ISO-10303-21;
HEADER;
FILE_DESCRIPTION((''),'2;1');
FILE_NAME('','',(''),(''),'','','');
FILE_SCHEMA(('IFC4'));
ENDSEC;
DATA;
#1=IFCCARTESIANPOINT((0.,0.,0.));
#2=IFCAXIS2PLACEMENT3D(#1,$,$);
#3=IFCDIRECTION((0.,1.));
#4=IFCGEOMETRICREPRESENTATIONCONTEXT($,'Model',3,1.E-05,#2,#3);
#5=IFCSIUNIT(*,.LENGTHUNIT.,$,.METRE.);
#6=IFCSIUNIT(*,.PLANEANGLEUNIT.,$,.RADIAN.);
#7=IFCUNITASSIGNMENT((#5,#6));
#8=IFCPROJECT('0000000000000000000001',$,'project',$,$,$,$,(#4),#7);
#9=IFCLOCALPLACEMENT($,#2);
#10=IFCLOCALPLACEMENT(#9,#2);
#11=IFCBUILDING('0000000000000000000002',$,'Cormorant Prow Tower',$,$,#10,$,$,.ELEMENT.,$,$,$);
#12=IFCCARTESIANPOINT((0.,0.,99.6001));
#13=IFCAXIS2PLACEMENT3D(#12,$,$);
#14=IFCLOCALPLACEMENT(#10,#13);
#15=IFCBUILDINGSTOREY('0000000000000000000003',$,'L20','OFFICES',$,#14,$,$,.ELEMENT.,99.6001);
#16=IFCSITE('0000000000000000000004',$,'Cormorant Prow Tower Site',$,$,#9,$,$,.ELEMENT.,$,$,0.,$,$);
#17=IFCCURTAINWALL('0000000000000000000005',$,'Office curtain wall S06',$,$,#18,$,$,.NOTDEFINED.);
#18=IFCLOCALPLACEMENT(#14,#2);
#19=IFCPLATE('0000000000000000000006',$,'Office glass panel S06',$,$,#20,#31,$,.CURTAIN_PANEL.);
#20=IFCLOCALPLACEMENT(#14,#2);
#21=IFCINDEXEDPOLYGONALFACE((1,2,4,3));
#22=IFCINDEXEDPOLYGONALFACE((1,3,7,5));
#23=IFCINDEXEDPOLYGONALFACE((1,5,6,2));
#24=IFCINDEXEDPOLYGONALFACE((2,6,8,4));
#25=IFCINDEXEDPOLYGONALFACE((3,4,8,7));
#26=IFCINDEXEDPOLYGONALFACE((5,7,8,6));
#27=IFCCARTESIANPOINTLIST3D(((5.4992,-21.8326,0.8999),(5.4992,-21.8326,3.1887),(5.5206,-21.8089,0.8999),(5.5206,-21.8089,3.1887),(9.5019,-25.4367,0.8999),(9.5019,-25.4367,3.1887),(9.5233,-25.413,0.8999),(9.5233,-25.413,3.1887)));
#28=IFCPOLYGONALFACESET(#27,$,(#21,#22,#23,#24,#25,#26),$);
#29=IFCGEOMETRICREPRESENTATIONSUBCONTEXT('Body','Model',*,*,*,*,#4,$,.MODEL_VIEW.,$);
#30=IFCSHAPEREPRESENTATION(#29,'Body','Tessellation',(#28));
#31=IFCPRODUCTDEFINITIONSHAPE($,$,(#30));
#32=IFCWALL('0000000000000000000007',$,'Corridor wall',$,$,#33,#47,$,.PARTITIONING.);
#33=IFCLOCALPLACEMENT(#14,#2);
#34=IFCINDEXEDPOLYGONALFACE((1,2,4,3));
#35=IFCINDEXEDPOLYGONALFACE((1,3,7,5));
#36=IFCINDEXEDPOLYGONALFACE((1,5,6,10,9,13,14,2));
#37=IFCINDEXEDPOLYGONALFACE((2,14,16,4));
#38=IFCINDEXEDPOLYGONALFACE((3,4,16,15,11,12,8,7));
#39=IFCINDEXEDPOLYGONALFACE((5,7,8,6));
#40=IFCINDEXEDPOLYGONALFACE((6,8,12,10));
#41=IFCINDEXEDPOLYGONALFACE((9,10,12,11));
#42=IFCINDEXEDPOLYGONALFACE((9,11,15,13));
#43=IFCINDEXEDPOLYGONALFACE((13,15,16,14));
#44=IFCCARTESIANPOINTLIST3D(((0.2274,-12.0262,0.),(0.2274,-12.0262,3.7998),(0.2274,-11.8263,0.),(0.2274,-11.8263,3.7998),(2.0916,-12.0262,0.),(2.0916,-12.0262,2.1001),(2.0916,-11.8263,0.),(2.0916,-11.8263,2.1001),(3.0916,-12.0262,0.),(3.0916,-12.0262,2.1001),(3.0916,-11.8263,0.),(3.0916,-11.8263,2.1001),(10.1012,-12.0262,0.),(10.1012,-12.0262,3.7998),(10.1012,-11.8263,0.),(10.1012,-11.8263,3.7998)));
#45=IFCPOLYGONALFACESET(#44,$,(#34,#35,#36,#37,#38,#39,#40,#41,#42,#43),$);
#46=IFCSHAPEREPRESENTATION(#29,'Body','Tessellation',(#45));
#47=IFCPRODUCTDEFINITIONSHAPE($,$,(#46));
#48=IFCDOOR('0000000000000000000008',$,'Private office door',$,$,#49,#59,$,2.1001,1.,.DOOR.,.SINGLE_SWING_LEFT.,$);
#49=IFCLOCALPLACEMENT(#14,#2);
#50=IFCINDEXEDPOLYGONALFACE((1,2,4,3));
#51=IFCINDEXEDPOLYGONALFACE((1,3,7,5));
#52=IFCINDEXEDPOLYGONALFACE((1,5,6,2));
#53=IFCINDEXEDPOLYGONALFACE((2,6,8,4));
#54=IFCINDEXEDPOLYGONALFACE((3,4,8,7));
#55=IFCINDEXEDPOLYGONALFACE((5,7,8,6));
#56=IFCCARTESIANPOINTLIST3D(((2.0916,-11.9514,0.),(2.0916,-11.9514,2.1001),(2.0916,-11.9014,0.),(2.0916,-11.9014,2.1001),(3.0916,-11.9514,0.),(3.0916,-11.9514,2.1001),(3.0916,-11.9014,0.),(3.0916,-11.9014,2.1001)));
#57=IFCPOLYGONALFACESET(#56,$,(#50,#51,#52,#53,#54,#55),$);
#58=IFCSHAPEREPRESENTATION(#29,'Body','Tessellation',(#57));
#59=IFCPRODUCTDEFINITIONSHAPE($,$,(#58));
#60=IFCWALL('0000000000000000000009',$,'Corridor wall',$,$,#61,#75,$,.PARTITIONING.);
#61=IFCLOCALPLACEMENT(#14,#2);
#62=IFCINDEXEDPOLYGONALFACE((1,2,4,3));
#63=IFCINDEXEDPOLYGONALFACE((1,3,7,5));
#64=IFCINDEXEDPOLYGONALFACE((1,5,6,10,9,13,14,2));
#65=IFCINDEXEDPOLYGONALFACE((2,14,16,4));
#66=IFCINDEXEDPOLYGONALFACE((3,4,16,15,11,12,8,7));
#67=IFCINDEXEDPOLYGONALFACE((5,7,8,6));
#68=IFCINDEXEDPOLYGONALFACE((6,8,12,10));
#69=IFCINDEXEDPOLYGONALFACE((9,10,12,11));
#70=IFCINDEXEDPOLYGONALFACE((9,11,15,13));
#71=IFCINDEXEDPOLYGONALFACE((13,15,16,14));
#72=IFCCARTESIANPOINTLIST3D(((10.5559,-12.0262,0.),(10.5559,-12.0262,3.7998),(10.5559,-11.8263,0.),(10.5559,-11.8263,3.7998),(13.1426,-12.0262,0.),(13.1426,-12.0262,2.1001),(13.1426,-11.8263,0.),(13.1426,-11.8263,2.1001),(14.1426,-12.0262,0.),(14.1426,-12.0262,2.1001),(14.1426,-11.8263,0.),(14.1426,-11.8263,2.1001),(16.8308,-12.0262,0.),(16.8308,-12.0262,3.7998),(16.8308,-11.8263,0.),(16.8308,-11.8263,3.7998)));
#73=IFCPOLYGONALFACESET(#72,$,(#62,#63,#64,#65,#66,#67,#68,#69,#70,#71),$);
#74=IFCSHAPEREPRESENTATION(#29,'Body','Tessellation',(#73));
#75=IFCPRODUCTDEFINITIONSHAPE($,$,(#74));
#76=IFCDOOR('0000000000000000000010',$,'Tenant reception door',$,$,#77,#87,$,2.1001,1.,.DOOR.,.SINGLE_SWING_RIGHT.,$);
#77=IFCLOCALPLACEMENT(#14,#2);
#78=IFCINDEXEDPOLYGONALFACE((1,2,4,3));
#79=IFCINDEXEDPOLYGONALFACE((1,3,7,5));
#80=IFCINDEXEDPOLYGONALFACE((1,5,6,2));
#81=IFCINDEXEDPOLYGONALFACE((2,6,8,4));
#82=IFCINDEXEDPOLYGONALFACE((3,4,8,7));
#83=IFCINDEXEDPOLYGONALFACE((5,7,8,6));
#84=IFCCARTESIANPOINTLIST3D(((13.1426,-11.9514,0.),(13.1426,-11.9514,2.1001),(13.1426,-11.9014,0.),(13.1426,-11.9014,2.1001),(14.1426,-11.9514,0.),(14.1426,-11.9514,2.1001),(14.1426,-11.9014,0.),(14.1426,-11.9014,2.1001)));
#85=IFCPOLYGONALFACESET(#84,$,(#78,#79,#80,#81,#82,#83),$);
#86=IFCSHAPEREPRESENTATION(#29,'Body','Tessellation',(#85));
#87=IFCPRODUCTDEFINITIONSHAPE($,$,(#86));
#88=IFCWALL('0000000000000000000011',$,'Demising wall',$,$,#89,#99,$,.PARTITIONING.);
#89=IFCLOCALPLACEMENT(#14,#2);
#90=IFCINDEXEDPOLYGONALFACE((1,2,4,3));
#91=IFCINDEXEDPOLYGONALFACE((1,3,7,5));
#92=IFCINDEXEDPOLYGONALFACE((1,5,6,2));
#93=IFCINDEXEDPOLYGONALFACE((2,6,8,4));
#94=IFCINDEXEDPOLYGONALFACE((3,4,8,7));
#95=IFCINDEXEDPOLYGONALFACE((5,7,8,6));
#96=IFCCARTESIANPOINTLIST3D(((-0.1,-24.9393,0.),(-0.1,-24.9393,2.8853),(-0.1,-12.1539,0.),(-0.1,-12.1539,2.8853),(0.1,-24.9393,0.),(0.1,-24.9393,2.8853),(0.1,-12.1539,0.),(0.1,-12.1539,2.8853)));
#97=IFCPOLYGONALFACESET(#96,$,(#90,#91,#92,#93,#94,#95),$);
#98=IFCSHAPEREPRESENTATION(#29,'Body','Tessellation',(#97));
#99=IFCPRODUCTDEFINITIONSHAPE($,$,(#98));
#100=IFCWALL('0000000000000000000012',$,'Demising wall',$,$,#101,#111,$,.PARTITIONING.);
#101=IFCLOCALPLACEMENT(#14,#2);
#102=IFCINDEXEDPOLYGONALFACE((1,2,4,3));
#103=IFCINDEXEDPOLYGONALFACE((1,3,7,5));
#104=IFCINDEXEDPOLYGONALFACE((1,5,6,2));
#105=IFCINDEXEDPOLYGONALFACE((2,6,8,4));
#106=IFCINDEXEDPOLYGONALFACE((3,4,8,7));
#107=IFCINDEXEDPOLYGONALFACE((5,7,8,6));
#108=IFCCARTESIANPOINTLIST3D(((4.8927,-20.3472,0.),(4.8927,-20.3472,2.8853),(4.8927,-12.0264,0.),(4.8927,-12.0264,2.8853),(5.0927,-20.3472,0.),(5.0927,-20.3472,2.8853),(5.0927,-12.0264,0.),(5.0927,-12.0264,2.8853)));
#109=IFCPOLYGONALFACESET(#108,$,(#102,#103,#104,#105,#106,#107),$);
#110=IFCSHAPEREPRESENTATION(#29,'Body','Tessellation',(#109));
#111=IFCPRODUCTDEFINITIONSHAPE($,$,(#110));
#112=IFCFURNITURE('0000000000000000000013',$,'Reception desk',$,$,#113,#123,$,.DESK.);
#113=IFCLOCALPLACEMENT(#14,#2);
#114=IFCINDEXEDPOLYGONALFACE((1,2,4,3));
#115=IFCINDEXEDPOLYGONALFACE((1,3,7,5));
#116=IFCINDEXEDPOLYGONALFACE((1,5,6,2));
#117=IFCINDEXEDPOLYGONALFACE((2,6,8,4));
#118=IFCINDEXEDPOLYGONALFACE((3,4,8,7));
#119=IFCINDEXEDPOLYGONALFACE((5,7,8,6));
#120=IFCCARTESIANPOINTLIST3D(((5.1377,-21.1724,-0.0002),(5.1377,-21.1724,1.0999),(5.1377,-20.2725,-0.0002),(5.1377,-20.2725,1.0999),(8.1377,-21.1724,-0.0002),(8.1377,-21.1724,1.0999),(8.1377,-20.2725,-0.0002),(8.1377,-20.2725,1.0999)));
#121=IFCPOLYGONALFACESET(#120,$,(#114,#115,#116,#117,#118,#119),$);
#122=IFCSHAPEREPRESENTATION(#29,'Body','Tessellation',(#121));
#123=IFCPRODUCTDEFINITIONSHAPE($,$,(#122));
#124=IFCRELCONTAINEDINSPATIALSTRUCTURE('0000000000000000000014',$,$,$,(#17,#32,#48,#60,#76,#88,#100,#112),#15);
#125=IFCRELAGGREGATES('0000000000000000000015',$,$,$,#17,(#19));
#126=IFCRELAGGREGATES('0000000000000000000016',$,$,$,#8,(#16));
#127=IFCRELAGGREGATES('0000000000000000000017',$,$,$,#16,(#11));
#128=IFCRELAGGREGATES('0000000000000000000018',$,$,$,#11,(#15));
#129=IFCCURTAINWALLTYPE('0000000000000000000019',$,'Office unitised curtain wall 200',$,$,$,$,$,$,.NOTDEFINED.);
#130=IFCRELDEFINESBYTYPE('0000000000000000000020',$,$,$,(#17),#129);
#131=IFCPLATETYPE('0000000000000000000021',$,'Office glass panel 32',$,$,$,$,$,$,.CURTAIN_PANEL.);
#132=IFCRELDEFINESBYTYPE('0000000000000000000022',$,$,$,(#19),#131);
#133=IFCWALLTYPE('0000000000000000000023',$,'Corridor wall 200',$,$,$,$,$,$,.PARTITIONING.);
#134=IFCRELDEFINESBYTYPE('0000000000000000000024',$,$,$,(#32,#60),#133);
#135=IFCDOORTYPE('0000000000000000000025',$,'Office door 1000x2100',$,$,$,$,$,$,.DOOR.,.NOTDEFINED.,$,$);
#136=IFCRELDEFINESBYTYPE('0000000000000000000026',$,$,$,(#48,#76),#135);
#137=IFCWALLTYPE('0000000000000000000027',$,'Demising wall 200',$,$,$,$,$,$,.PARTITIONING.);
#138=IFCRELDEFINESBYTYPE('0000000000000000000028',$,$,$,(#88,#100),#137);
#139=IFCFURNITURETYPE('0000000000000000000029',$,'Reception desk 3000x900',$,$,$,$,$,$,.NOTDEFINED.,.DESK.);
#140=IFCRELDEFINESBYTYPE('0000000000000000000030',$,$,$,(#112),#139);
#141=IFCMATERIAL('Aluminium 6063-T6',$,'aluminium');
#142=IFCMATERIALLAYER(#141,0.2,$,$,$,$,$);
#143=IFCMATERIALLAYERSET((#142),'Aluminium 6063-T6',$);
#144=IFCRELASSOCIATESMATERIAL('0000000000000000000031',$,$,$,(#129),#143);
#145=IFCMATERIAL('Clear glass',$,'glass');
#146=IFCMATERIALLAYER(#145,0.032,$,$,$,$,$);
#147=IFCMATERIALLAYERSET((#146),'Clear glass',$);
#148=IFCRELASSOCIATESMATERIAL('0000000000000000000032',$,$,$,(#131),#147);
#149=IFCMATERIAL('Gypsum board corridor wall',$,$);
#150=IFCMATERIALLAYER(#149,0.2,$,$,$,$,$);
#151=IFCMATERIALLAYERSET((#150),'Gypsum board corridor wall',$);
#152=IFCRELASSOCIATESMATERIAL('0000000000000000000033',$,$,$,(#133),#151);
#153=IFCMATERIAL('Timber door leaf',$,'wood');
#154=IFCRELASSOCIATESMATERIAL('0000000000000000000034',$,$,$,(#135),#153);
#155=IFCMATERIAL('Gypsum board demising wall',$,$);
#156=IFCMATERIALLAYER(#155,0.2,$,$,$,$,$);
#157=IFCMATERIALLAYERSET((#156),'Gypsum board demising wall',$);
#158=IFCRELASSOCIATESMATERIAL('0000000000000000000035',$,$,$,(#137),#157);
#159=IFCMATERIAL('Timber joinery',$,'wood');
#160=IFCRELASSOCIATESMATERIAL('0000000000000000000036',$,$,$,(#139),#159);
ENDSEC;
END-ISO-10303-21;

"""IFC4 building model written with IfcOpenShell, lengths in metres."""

from ifc_helpers import new_model, si_unit, direction, frame, frame_2d, origin, origin_2d, place, context, subcontext, project, spatial, rectangle, extrude, material, layer, layer_set, type_object, element, fill, aggregate, save


model = new_model("IFC4")

# Units and contexts
model_context = context("Model", 3, precision=1e-05, world=origin(), true_north=direction((0.0, 1.0)))
body_context = subcontext(model_context, "Body", "Model", "MODEL_VIEW")
ifc_project = project(units=[si_unit("LENGTHUNIT", "METRE"), si_unit("PLANEANGLEUNIT", "RADIAN")], contexts=[model_context])

# Site, building, storey
site_placement = place(None, origin())
site = spatial("IfcSite", under=ifc_project, at=site_placement, Name="Cormorant Prow Tower Site", CompositionType="ELEMENT", RefElevation=0.0)
building_placement = place(site_placement, origin())
building = spatial("IfcBuilding", under=site, at=building_placement, Name="Cormorant Prow Tower", CompositionType="ELEMENT")
storey_placement = place(building_placement, frame((0.0, 0.0, 99.6001)))
storey = spatial("IfcBuildingStorey", under=building, at=storey_placement, Name="L20", Description="OFFICES", CompositionType="ELEMENT", Elevation=99.6001)

# Curtain wall
ifc_material_1 = material(Name="Aluminium 6063-T6", Category="aluminium")
ifc_layer_1 = layer(ifc_material_1, 0.2)
ifc_layer_set_1 = layer_set([ifc_layer_1], Name="Aluminium 6063-T6")
curtain_wall_type = type_object("IfcCurtainWallType", Name="Office unitised curtain wall 200", PredefinedType="NOTDEFINED", material=ifc_layer_set_1)
curtain_wall_1_placement = place(storey_placement, origin())
curtain_wall_1 = element("IfcCurtainWall", 1, at=curtain_wall_1_placement, inside=storey, type_object=curtain_wall_type, Name="Office curtain wall S06", PredefinedType="NOTDEFINED")

# Plate
ifc_material_2 = material(Name="Clear glass", Category="glass")
ifc_layer_2 = layer(ifc_material_2, 0.032)
ifc_layer_set_2 = layer_set([ifc_layer_2], Name="Clear glass")
plate_type = type_object("IfcPlateType", Name="Office glass panel 32", PredefinedType="CURTAIN_PANEL", material=ifc_layer_set_2)
plate_placement = place(storey_placement, frame((7.5112, -23.6228, 0.8999), z_axis=(0.0, 0.0, 1.0), x_axis=(0.743145, -0.669131, 0.0)))
plate = element("IfcPlate", 2, at=plate_placement, type_object=plate_type, Name="Office glass panel S06", PredefinedType="CURTAIN_PANEL", context=body_context, shape_type="SweptSolid", body=[
    extrude(rectangle(XDim=5.3862, YDim=0.032, at=origin_2d()), origin(), (0.0, 0.0, 1.0), 2.2888),
])
aggregate(curtain_wall_1, [plate])

# Walls, openings, doors
ifc_material_3 = material(Name="Gypsum board corridor wall")
ifc_layer_3 = layer(ifc_material_3, 0.2)
ifc_layer_set_3 = layer_set([ifc_layer_3], Name="Gypsum board corridor wall")
wall_type_1 = type_object("IfcWallType", Name="Corridor wall 200", PredefinedType="PARTITIONING", material=ifc_layer_set_3)
wall_1_placement = place(storey_placement, frame((0.2273, -11.9263, 0.0), z_axis=(0.0, 0.0, 1.0), x_axis=(1.0, 0.0, 0.0)))
wall_1 = element("IfcWall", 3, at=wall_1_placement, inside=storey, type_object=wall_type_1, Name="Corridor wall", PredefinedType="PARTITIONING", context=body_context, shape_type="SweptSolid", body=[
    extrude(rectangle(XDim=9.8738, YDim=0.2, at=frame_2d((4.937, 0.0))), origin(), (0.0, 0.0, 1.0), 3.7998),
])
opening_1_placement = place(wall_1_placement, frame((1.8643, 0.0, 0.0)))
opening_1 = element("IfcOpeningElement", 4, at=opening_1_placement, cuts=wall_1, PredefinedType="OPENING", context=body_context, shape_type="SweptSolid", body=[
    extrude(rectangle(XDim=1.0, YDim=2.1001, at=frame_2d((0.5, 1.05))), frame((0.0, 0.1099, 0.0), z_axis=(0.0, -1.0, 0.0), x_axis=(1.0, 0.0, 0.0)), (0.0, 0.0, 1.0), 0.22),
])
ifc_material_4 = material(Name="Timber door leaf", Category="wood")
door_type_1 = type_object("IfcDoorType", Name="Office door 1000x2100", OperationType="NOTDEFINED", PredefinedType="DOOR", material=ifc_material_4)
door_1_placement = place(opening_1_placement, origin())
door_1 = element("IfcDoor", 5, at=door_1_placement, inside=storey, type_object=door_type_1, Name="Private office door", OperationType="SINGLE_SWING_LEFT", OverallHeight=2.1001, OverallWidth=1.0, PredefinedType="DOOR", context=body_context, shape_type="SweptSolid", body=[
    extrude(rectangle(XDim=1.0, YDim=2.1001, at=frame_2d((0.5, 1.05))), frame((0.0, 0.0249, 0.0), z_axis=(0.0, -1.0, 0.0), x_axis=(1.0, 0.0, 0.0)), (0.0, 0.0, 1.0), 0.05),
])
fill(opening_1, door_1)
wall_2_placement = place(storey_placement, frame((10.5559, -11.9263, 0.0), z_axis=(0.0, 0.0, 1.0), x_axis=(1.0, 0.0, 0.0)))
wall_2 = element("IfcWall", 6, at=wall_2_placement, inside=storey, type_object=wall_type_1, Name="Corridor wall", PredefinedType="PARTITIONING", context=body_context, shape_type="SweptSolid", body=[
    extrude(rectangle(XDim=6.2749, YDim=0.2, at=frame_2d((3.1375, 0.0))), origin(), (0.0, 0.0, 1.0), 3.7998),
])
opening_2_placement = place(wall_2_placement, frame((2.5867, 0.0, 0.0)))
opening_2 = element("IfcOpeningElement", 7, at=opening_2_placement, cuts=wall_2, PredefinedType="OPENING", context=body_context, shape_type="SweptSolid", body=[
    extrude(rectangle(XDim=1.0, YDim=2.1001, at=frame_2d((0.5, 1.05))), frame((0.0, 0.1099, 0.0), z_axis=(0.0, -1.0, 0.0), x_axis=(1.0, 0.0, 0.0)), (0.0, 0.0, 1.0), 0.22),
])
door_2_placement = place(opening_2_placement, origin())
door_2 = element("IfcDoor", 8, at=door_2_placement, inside=storey, type_object=door_type_1, Name="Tenant reception door", OperationType="SINGLE_SWING_RIGHT", OverallHeight=2.1001, OverallWidth=1.0, PredefinedType="DOOR", context=body_context, shape_type="SweptSolid", body=[
    extrude(rectangle(XDim=1.0, YDim=2.1001, at=frame_2d((0.5, 1.05))), frame((0.0, 0.0249, 0.0), z_axis=(0.0, -1.0, 0.0), x_axis=(1.0, 0.0, 0.0)), (0.0, 0.0, 1.0), 0.05),
])
fill(opening_2, door_2)

# Walls
ifc_material_5 = material(Name="Gypsum board demising wall")
ifc_layer_4 = layer(ifc_material_5, 0.2)
ifc_layer_set_4 = layer_set([ifc_layer_4], Name="Gypsum board demising wall")
wall_type_2 = type_object("IfcWallType", Name="Demising wall 200", PredefinedType="PARTITIONING", material=ifc_layer_set_4)
wall_3_placement = place(storey_placement, frame((0.0, -24.9392, 0.0), z_axis=(0.0, 0.0, 1.0), x_axis=(0.0, 1.0, 0.0)))
element("IfcWall", 9, at=wall_3_placement, inside=storey, type_object=wall_type_2, Name="Demising wall", PredefinedType="PARTITIONING", context=body_context, shape_type="SweptSolid", body=[
    extrude(rectangle(XDim=12.7854, YDim=0.2, at=frame_2d((6.3926, 0.0))), origin(), (0.0, 0.0, 1.0), 2.8853),
])
wall_4_placement = place(storey_placement, frame((4.9927, -20.3472, 0.0), z_axis=(0.0, 0.0, 1.0), x_axis=(0.0, 1.0, 0.0)))
element("IfcWall", 10, at=wall_4_placement, inside=storey, type_object=wall_type_2, Name="Demising wall", PredefinedType="PARTITIONING", context=body_context, shape_type="SweptSolid", body=[
    extrude(rectangle(XDim=8.3208, YDim=0.2, at=frame_2d((4.1604, 0.0))), origin(), (0.0, 0.0, 1.0), 2.8853),
])

# Furniture
ifc_material_6 = material(Name="Timber joinery", Category="wood")
furniture_type = type_object("IfcFurnitureType", Name="Reception desk 3000x900", AssemblyPlace="NOTDEFINED", PredefinedType="DESK", material=ifc_material_6)
furniture_placement = place(storey_placement, frame((6.6377, -20.7224, -0.0002), z_axis=(0.0, 0.0, 1.0), x_axis=(1.0, 0.0, 0.0)))
element("IfcFurniture", 11, at=furniture_placement, inside=storey, type_object=furniture_type, Name="Reception desk", PredefinedType="DESK", context=body_context, shape_type="SweptSolid", body=[
    extrude(rectangle(XDim=3.0, YDim=0.8999, at=origin_2d()), origin(), (0.0, 0.0, 1.0), 1.1001),
])

save(model, "model.ifc")
